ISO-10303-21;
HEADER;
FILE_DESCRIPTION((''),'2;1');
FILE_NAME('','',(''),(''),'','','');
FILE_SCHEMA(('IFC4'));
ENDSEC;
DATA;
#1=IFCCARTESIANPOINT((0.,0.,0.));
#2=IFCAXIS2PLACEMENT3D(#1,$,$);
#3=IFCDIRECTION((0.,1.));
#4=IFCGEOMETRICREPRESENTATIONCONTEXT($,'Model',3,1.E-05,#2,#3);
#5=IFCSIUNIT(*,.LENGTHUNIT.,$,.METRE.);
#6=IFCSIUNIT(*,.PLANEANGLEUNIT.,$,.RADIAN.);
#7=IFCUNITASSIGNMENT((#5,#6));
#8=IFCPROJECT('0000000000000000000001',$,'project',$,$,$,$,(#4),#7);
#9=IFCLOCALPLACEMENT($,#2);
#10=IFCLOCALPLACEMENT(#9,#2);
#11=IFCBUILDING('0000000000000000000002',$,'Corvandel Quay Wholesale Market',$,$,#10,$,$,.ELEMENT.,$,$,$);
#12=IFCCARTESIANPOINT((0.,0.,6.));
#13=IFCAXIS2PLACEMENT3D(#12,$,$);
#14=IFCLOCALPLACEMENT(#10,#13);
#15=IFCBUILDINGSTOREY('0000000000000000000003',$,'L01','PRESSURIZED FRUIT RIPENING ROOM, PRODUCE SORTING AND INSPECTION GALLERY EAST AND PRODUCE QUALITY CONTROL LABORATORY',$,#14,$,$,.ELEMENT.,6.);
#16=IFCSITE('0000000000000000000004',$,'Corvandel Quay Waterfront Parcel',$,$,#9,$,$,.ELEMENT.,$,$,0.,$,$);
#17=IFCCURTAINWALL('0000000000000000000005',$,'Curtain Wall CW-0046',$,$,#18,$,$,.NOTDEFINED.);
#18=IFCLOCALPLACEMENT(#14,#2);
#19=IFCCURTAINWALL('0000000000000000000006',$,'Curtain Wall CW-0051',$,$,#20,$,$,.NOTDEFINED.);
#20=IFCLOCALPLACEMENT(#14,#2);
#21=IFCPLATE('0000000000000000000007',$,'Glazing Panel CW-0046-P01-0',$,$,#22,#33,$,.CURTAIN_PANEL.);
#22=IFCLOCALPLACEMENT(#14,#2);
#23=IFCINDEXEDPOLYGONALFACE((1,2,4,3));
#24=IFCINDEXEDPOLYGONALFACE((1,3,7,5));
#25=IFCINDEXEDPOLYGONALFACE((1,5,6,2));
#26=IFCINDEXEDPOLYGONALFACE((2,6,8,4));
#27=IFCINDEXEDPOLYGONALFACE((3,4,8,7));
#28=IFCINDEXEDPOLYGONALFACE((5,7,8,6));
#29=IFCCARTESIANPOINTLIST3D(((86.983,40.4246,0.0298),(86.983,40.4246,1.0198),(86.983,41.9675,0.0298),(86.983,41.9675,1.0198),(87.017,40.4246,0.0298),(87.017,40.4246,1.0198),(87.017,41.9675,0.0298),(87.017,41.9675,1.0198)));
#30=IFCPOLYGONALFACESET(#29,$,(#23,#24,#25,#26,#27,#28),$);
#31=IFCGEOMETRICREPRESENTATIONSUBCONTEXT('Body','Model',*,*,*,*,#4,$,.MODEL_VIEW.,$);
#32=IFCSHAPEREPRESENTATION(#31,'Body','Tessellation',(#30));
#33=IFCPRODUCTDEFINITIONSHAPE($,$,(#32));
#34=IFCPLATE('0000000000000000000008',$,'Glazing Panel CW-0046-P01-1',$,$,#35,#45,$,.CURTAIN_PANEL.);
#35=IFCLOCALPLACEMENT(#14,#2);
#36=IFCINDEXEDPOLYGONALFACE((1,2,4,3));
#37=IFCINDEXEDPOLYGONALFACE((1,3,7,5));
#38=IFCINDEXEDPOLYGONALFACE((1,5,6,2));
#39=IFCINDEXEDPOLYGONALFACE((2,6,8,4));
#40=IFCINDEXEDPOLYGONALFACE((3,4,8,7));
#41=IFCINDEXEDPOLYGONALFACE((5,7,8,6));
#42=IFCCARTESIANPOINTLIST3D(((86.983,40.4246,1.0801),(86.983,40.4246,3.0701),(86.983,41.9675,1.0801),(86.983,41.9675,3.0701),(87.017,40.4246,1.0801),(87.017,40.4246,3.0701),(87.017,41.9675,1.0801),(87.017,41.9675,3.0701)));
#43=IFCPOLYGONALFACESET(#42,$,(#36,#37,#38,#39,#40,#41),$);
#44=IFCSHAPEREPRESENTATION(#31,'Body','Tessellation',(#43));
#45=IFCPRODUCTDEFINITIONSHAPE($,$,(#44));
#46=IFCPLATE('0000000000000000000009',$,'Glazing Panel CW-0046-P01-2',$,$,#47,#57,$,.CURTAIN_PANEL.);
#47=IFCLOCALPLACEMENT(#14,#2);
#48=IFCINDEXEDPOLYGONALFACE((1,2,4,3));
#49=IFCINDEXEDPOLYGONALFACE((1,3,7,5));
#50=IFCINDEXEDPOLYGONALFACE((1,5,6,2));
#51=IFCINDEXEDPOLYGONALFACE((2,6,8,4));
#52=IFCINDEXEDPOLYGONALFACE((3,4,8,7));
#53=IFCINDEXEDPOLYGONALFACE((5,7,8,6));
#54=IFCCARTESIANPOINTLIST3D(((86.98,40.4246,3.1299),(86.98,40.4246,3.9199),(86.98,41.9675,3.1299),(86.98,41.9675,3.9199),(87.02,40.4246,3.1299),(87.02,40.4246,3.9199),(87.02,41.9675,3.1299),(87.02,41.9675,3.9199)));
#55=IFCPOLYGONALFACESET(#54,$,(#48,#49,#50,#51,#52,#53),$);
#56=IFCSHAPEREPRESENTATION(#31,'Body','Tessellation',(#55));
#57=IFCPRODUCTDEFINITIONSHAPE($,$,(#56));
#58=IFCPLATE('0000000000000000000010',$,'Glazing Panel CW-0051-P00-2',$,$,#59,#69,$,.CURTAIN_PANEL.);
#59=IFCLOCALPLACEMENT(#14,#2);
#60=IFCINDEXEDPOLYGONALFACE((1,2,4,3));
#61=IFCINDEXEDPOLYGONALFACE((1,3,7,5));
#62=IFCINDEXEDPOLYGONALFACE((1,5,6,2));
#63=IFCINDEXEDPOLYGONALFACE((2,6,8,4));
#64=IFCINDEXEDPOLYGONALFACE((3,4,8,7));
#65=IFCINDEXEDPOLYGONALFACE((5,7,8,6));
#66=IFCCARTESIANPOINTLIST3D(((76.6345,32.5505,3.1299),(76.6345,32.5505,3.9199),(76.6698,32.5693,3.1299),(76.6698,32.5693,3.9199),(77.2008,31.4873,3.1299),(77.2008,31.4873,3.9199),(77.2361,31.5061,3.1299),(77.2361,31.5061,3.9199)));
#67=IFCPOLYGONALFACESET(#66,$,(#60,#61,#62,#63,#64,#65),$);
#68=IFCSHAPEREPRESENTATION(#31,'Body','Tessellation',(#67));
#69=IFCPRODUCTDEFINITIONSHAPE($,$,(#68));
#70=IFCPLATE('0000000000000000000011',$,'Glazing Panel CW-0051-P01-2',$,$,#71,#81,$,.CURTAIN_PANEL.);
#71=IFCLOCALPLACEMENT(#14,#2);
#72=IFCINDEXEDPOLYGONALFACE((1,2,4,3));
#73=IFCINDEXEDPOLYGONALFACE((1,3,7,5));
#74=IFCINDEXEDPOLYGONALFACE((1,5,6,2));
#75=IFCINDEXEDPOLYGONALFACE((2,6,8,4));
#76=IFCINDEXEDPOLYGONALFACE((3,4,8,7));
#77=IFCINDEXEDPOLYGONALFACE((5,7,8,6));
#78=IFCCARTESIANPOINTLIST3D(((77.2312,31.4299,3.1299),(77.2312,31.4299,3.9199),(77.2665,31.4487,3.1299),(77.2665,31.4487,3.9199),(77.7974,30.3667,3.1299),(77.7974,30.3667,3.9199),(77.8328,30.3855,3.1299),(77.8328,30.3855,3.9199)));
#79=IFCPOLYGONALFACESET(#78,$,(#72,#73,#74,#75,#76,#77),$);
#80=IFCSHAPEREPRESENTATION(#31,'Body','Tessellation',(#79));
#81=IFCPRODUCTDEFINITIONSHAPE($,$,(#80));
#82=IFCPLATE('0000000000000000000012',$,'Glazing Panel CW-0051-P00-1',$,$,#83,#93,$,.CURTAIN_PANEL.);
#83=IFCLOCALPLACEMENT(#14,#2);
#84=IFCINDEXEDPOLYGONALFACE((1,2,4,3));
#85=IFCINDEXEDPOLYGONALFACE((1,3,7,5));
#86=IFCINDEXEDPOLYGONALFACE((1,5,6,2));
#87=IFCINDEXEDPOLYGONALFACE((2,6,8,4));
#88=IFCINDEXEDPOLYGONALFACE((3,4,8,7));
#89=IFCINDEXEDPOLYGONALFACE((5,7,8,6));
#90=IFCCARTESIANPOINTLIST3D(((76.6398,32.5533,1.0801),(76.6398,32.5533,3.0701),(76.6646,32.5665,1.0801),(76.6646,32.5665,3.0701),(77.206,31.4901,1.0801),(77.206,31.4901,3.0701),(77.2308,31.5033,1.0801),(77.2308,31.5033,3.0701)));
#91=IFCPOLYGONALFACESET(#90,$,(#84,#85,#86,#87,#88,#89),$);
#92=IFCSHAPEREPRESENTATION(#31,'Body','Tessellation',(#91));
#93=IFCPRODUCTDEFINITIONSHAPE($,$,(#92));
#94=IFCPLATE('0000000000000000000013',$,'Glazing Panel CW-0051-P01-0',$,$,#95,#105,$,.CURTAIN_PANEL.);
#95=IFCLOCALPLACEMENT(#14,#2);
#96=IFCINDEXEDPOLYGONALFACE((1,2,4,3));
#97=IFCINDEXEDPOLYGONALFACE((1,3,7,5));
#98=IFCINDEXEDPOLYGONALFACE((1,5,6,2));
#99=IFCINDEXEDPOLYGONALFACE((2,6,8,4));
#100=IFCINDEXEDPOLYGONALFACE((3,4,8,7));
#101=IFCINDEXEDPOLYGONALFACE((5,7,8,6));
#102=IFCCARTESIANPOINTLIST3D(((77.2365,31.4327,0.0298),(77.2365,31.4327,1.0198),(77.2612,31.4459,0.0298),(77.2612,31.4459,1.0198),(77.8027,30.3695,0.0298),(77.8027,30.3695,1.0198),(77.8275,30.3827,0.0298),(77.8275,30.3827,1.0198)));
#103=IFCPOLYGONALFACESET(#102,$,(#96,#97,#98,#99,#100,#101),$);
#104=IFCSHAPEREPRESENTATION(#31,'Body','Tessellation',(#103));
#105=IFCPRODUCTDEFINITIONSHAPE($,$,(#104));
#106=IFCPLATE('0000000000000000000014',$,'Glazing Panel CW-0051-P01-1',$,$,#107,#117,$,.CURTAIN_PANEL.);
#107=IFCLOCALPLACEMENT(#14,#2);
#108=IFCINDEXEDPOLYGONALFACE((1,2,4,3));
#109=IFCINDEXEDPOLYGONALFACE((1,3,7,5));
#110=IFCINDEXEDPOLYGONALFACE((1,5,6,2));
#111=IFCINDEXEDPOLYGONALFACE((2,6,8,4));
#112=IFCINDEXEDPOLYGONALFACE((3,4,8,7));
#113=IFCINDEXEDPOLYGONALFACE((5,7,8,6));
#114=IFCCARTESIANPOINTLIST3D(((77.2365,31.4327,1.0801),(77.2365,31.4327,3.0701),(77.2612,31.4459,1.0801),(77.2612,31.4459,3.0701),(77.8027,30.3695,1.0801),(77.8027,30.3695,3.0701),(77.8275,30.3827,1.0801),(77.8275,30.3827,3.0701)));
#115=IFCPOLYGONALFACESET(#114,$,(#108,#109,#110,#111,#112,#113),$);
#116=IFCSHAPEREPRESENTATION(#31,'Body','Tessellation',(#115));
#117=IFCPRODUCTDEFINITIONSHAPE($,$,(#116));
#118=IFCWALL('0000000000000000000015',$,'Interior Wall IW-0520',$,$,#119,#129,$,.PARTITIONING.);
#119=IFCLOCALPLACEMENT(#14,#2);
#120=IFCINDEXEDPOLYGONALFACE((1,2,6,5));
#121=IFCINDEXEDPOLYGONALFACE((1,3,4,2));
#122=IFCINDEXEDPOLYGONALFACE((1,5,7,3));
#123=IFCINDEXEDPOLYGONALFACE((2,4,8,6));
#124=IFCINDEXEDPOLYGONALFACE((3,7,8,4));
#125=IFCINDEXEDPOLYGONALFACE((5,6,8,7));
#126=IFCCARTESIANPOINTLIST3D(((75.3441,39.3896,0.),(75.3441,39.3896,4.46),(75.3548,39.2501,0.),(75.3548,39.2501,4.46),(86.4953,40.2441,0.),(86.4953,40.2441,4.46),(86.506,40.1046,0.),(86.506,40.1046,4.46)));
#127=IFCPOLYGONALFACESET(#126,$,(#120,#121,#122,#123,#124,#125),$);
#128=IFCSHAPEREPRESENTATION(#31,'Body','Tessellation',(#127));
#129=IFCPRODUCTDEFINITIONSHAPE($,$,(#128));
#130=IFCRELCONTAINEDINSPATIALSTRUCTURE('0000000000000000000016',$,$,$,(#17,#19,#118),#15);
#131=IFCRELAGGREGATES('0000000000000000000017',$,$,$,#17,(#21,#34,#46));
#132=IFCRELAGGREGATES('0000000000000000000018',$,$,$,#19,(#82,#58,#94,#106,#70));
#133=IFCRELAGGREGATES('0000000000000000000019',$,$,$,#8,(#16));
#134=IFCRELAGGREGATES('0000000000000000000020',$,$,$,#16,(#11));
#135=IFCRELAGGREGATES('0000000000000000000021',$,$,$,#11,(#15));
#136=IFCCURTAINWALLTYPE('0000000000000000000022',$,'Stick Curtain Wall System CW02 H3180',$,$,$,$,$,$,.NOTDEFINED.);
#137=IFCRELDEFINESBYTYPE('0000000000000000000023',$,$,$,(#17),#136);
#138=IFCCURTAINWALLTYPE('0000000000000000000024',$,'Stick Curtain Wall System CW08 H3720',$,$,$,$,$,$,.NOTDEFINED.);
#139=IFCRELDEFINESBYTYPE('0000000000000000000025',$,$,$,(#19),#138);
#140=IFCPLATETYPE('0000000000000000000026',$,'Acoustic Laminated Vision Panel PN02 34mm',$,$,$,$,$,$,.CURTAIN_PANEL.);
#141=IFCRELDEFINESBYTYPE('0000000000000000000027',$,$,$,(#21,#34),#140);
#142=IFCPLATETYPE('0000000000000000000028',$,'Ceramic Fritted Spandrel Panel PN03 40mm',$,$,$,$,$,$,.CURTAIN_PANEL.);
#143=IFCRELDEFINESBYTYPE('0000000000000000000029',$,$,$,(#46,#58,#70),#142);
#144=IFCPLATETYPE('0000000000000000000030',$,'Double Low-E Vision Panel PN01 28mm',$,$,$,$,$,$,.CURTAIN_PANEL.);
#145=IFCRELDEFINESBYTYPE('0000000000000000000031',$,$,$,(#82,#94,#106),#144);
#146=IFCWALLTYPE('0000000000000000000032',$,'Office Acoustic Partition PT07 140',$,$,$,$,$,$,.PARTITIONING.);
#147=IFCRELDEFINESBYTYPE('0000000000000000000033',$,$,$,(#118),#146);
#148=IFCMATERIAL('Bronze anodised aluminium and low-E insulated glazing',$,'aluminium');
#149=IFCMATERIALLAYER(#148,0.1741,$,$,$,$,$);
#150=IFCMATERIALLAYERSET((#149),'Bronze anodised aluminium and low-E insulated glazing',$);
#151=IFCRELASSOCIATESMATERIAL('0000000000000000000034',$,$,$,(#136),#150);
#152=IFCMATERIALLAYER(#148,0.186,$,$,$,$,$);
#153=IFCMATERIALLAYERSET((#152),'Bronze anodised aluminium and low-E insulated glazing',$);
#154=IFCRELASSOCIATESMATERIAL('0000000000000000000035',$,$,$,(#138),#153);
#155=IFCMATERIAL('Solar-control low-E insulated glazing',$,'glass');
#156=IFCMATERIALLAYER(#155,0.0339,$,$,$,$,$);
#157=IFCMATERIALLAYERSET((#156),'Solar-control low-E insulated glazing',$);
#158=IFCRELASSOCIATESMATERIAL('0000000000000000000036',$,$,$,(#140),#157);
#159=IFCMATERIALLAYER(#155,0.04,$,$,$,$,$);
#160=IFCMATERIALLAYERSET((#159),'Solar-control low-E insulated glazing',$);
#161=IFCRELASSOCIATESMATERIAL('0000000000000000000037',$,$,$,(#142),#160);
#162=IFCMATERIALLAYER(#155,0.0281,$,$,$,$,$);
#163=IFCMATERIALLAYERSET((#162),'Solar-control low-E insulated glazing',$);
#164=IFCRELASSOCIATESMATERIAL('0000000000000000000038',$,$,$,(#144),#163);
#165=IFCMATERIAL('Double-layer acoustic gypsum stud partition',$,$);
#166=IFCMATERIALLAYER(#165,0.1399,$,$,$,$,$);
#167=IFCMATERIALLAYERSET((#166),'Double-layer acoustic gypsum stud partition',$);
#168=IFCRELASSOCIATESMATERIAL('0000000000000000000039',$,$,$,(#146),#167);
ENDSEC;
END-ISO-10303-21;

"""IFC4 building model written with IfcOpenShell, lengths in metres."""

from ifc_helpers import new_model, si_unit, direction, frame, frame_2d, origin, origin_2d, place, context, subcontext, project, spatial, rectangle, extrude, material, layer, layer_set, type_object, element, aggregate, save


model = new_model("IFC4")

# Units and contexts
model_context = context("Model", 3, precision=1e-05, world=origin(), true_north=direction((0.0, 1.0)))
body_context = subcontext(model_context, "Body", "Model", "MODEL_VIEW")
ifc_project = project(units=[si_unit("LENGTHUNIT", "METRE"), si_unit("PLANEANGLEUNIT", "RADIAN")], contexts=[model_context])

# Site, building, storey
site_placement = place(None, origin())
site = spatial("IfcSite", under=ifc_project, at=site_placement, Name="Corvandel Quay Waterfront Parcel", CompositionType="ELEMENT", RefElevation=0.0)
building_placement = place(site_placement, origin())
building = spatial("IfcBuilding", under=site, at=building_placement, Name="Corvandel Quay Wholesale Market", CompositionType="ELEMENT")
storey_placement = place(building_placement, frame((0.0, 0.0, 6.0)))
storey = spatial("IfcBuildingStorey", under=building, at=storey_placement, Name="L01", Description="PRESSURIZED FRUIT RIPENING ROOM, PRODUCE SORTING AND INSPECTION GALLERY EAST AND PRODUCE QUALITY CONTROL LABORATORY", CompositionType="ELEMENT", Elevation=6.0)

# Curtain wall
ifc_material_1 = material(Name="Bronze anodised aluminium and low-E insulated glazing", Category="aluminium")
ifc_layer_1 = layer(ifc_material_1, 0.1741)
ifc_layer_set_1 = layer_set([ifc_layer_1], Name="Bronze anodised aluminium and low-E insulated glazing")
curtain_wall_type_1 = type_object("IfcCurtainWallType", Name="Stick Curtain Wall System CW02 H3180", PredefinedType="NOTDEFINED", material=ifc_layer_set_1)
curtain_wall_1_placement = place(storey_placement, origin())
curtain_wall_1 = element("IfcCurtainWall", 1, at=curtain_wall_1_placement, inside=storey, type_object=curtain_wall_type_1, Name="Curtain Wall CW-0046", PredefinedType="NOTDEFINED")

# Curtain wall
ifc_layer_2 = layer(ifc_material_1, 0.186)
ifc_layer_set_2 = layer_set([ifc_layer_2], Name="Bronze anodised aluminium and low-E insulated glazing")
curtain_wall_type_2 = type_object("IfcCurtainWallType", Name="Stick Curtain Wall System CW08 H3720", PredefinedType="NOTDEFINED", material=ifc_layer_set_2)
curtain_wall_2_placement = place(storey_placement, origin())
curtain_wall_2 = element("IfcCurtainWall", 2, at=curtain_wall_2_placement, inside=storey, type_object=curtain_wall_type_2, Name="Curtain Wall CW-0051", PredefinedType="NOTDEFINED")

# Plates
ifc_material_2 = material(Name="Solar-control low-E insulated glazing", Category="glass")
ifc_layer_3 = layer(ifc_material_2, 0.0339)
ifc_layer_set_3 = layer_set([ifc_layer_3], Name="Solar-control low-E insulated glazing")
plate_type_1 = type_object("IfcPlateType", Name="Acoustic Laminated Vision Panel PN02 34mm", PredefinedType="CURTAIN_PANEL", material=ifc_layer_set_3)
plate_1_placement = place(storey_placement, frame((87.0, 41.196, 0.0298), z_axis=(0.0, 0.0, 1.0), x_axis=(0.0, 1.0, 0.0)))
plate_1 = element("IfcPlate", 3, at=plate_1_placement, type_object=plate_type_1, Name="Glazing Panel CW-0046-P01-0", PredefinedType="CURTAIN_PANEL", context=body_context, shape_type="SweptSolid", body=[
    extrude(rectangle(XDim=1.543, YDim=0.0339, at=origin_2d()), origin(), (0.0, 0.0, 1.0), 0.99),
])
plate_2_placement = place(storey_placement, frame((87.0, 41.196, 1.0801), z_axis=(0.0, 0.0, 1.0), x_axis=(0.0, 1.0, 0.0)))
plate_2 = element("IfcPlate", 4, at=plate_2_placement, type_object=plate_type_1, Name="Glazing Panel CW-0046-P01-1", PredefinedType="CURTAIN_PANEL", context=body_context, shape_type="SweptSolid", body=[
    extrude(rectangle(XDim=1.543, YDim=0.0339, at=origin_2d()), origin(), (0.0, 0.0, 1.0), 1.99),
])
ifc_layer_4 = layer(ifc_material_2, 0.04)
ifc_layer_set_4 = layer_set([ifc_layer_4], Name="Solar-control low-E insulated glazing")
plate_type_2 = type_object("IfcPlateType", Name="Ceramic Fritted Spandrel Panel PN03 40mm", PredefinedType="CURTAIN_PANEL", material=ifc_layer_set_4)
plate_3_placement = place(storey_placement, frame((87.0, 41.196, 3.1299), z_axis=(0.0, 0.0, 1.0), x_axis=(0.0, 1.0, 0.0)))
plate_3 = element("IfcPlate", 5, at=plate_3_placement, type_object=plate_type_2, Name="Glazing Panel CW-0046-P01-2", PredefinedType="CURTAIN_PANEL", context=body_context, shape_type="SweptSolid", body=[
    extrude(rectangle(XDim=1.543, YDim=0.04, at=origin_2d()), origin(), (0.0, 0.0, 1.0), 0.79),
])
aggregate(curtain_wall_1, [plate_1, plate_2, plate_3])
plate_4_placement = place(storey_placement, frame((76.9353, 32.0283, 3.1299), z_axis=(0.0, 0.0, 1.0), x_axis=(-0.470088, 0.88262, 0.0)))
plate_4 = element("IfcPlate", 6, at=plate_4_placement, type_object=plate_type_2, Name="Glazing Panel CW-0051-P00-2", PredefinedType="CURTAIN_PANEL", context=body_context, shape_type="SweptSolid", body=[
    extrude(rectangle(XDim=1.2046, YDim=0.04, at=origin_2d()), origin(), (0.0, 0.0, 1.0), 0.79),
])
plate_5_placement = place(storey_placement, frame((77.532, 30.9077, 3.1299), z_axis=(0.0, 0.0, 1.0), x_axis=(-0.470088, 0.88262, 0.0)))
plate_5 = element("IfcPlate", 7, at=plate_5_placement, type_object=plate_type_2, Name="Glazing Panel CW-0051-P01-2", PredefinedType="CURTAIN_PANEL", context=body_context, shape_type="SweptSolid", body=[
    extrude(rectangle(XDim=1.2046, YDim=0.04, at=origin_2d()), origin(), (0.0, 0.0, 1.0), 0.79),
])
ifc_layer_5 = layer(ifc_material_2, 0.0281)
ifc_layer_set_5 = layer_set([ifc_layer_5], Name="Solar-control low-E insulated glazing")
plate_type_3 = type_object("IfcPlateType", Name="Double Low-E Vision Panel PN01 28mm", PredefinedType="CURTAIN_PANEL", material=ifc_layer_set_5)
plate_6_placement = place(storey_placement, frame((76.9353, 32.0283, 1.0801), z_axis=(0.0, 0.0, 1.0), x_axis=(-0.470088, 0.88262, 0.0)))
plate_6 = element("IfcPlate", 8, at=plate_6_placement, type_object=plate_type_3, Name="Glazing Panel CW-0051-P00-1", PredefinedType="CURTAIN_PANEL", context=body_context, shape_type="SweptSolid", body=[
    extrude(rectangle(XDim=1.2046, YDim=0.0281, at=origin_2d()), origin(), (0.0, 0.0, 1.0), 1.99),
])
plate_7_placement = place(storey_placement, frame((77.532, 30.9077, 0.0298), z_axis=(0.0, 0.0, 1.0), x_axis=(-0.470088, 0.88262, 0.0)))
plate_7 = element("IfcPlate", 9, at=plate_7_placement, type_object=plate_type_3, Name="Glazing Panel CW-0051-P01-0", PredefinedType="CURTAIN_PANEL", context=body_context, shape_type="SweptSolid", body=[
    extrude(rectangle(XDim=1.2046, YDim=0.0281, at=origin_2d()), origin(), (0.0, 0.0, 1.0), 0.99),
])
plate_8_placement = place(storey_placement, frame((77.532, 30.9077, 1.0801), z_axis=(0.0, 0.0, 1.0), x_axis=(-0.470088, 0.88262, 0.0)))
plate_8 = element("IfcPlate", 10, at=plate_8_placement, type_object=plate_type_3, Name="Glazing Panel CW-0051-P01-1", PredefinedType="CURTAIN_PANEL", context=body_context, shape_type="SweptSolid", body=[
    extrude(rectangle(XDim=1.2046, YDim=0.0281, at=origin_2d()), origin(), (0.0, 0.0, 1.0), 1.99),
])
aggregate(curtain_wall_2, [plate_6, plate_4, plate_7, plate_8, plate_5])

# Wall
ifc_material_3 = material(Name="Double-layer acoustic gypsum stud partition")
ifc_layer_6 = layer(ifc_material_3, 0.1399)
ifc_layer_set_6 = layer_set([ifc_layer_6], Name="Double-layer acoustic gypsum stud partition")
wall_type = type_object("IfcWallType", Name="Office Acoustic Partition PT07 140", PredefinedType="PARTITIONING", material=ifc_layer_set_6)
wall_placement = place(storey_placement, frame((86.5005, 40.1743, 0.0), z_axis=(0.0, 0.0, 1.0), x_axis=(-0.997077, -0.076404, 0.0)))
element("IfcWall", 11, at=wall_placement, inside=storey, type_object=wall_type, Name="Interior Wall IW-0520", PredefinedType="PARTITIONING", context=body_context, shape_type="SweptSolid", body=[
    extrude(rectangle(XDim=11.1838, YDim=0.1399, at=frame_2d((5.5918, 0.0))), origin(), (0.0, 0.0, 1.0), 4.46),
])

save(model, "model.ifc")
